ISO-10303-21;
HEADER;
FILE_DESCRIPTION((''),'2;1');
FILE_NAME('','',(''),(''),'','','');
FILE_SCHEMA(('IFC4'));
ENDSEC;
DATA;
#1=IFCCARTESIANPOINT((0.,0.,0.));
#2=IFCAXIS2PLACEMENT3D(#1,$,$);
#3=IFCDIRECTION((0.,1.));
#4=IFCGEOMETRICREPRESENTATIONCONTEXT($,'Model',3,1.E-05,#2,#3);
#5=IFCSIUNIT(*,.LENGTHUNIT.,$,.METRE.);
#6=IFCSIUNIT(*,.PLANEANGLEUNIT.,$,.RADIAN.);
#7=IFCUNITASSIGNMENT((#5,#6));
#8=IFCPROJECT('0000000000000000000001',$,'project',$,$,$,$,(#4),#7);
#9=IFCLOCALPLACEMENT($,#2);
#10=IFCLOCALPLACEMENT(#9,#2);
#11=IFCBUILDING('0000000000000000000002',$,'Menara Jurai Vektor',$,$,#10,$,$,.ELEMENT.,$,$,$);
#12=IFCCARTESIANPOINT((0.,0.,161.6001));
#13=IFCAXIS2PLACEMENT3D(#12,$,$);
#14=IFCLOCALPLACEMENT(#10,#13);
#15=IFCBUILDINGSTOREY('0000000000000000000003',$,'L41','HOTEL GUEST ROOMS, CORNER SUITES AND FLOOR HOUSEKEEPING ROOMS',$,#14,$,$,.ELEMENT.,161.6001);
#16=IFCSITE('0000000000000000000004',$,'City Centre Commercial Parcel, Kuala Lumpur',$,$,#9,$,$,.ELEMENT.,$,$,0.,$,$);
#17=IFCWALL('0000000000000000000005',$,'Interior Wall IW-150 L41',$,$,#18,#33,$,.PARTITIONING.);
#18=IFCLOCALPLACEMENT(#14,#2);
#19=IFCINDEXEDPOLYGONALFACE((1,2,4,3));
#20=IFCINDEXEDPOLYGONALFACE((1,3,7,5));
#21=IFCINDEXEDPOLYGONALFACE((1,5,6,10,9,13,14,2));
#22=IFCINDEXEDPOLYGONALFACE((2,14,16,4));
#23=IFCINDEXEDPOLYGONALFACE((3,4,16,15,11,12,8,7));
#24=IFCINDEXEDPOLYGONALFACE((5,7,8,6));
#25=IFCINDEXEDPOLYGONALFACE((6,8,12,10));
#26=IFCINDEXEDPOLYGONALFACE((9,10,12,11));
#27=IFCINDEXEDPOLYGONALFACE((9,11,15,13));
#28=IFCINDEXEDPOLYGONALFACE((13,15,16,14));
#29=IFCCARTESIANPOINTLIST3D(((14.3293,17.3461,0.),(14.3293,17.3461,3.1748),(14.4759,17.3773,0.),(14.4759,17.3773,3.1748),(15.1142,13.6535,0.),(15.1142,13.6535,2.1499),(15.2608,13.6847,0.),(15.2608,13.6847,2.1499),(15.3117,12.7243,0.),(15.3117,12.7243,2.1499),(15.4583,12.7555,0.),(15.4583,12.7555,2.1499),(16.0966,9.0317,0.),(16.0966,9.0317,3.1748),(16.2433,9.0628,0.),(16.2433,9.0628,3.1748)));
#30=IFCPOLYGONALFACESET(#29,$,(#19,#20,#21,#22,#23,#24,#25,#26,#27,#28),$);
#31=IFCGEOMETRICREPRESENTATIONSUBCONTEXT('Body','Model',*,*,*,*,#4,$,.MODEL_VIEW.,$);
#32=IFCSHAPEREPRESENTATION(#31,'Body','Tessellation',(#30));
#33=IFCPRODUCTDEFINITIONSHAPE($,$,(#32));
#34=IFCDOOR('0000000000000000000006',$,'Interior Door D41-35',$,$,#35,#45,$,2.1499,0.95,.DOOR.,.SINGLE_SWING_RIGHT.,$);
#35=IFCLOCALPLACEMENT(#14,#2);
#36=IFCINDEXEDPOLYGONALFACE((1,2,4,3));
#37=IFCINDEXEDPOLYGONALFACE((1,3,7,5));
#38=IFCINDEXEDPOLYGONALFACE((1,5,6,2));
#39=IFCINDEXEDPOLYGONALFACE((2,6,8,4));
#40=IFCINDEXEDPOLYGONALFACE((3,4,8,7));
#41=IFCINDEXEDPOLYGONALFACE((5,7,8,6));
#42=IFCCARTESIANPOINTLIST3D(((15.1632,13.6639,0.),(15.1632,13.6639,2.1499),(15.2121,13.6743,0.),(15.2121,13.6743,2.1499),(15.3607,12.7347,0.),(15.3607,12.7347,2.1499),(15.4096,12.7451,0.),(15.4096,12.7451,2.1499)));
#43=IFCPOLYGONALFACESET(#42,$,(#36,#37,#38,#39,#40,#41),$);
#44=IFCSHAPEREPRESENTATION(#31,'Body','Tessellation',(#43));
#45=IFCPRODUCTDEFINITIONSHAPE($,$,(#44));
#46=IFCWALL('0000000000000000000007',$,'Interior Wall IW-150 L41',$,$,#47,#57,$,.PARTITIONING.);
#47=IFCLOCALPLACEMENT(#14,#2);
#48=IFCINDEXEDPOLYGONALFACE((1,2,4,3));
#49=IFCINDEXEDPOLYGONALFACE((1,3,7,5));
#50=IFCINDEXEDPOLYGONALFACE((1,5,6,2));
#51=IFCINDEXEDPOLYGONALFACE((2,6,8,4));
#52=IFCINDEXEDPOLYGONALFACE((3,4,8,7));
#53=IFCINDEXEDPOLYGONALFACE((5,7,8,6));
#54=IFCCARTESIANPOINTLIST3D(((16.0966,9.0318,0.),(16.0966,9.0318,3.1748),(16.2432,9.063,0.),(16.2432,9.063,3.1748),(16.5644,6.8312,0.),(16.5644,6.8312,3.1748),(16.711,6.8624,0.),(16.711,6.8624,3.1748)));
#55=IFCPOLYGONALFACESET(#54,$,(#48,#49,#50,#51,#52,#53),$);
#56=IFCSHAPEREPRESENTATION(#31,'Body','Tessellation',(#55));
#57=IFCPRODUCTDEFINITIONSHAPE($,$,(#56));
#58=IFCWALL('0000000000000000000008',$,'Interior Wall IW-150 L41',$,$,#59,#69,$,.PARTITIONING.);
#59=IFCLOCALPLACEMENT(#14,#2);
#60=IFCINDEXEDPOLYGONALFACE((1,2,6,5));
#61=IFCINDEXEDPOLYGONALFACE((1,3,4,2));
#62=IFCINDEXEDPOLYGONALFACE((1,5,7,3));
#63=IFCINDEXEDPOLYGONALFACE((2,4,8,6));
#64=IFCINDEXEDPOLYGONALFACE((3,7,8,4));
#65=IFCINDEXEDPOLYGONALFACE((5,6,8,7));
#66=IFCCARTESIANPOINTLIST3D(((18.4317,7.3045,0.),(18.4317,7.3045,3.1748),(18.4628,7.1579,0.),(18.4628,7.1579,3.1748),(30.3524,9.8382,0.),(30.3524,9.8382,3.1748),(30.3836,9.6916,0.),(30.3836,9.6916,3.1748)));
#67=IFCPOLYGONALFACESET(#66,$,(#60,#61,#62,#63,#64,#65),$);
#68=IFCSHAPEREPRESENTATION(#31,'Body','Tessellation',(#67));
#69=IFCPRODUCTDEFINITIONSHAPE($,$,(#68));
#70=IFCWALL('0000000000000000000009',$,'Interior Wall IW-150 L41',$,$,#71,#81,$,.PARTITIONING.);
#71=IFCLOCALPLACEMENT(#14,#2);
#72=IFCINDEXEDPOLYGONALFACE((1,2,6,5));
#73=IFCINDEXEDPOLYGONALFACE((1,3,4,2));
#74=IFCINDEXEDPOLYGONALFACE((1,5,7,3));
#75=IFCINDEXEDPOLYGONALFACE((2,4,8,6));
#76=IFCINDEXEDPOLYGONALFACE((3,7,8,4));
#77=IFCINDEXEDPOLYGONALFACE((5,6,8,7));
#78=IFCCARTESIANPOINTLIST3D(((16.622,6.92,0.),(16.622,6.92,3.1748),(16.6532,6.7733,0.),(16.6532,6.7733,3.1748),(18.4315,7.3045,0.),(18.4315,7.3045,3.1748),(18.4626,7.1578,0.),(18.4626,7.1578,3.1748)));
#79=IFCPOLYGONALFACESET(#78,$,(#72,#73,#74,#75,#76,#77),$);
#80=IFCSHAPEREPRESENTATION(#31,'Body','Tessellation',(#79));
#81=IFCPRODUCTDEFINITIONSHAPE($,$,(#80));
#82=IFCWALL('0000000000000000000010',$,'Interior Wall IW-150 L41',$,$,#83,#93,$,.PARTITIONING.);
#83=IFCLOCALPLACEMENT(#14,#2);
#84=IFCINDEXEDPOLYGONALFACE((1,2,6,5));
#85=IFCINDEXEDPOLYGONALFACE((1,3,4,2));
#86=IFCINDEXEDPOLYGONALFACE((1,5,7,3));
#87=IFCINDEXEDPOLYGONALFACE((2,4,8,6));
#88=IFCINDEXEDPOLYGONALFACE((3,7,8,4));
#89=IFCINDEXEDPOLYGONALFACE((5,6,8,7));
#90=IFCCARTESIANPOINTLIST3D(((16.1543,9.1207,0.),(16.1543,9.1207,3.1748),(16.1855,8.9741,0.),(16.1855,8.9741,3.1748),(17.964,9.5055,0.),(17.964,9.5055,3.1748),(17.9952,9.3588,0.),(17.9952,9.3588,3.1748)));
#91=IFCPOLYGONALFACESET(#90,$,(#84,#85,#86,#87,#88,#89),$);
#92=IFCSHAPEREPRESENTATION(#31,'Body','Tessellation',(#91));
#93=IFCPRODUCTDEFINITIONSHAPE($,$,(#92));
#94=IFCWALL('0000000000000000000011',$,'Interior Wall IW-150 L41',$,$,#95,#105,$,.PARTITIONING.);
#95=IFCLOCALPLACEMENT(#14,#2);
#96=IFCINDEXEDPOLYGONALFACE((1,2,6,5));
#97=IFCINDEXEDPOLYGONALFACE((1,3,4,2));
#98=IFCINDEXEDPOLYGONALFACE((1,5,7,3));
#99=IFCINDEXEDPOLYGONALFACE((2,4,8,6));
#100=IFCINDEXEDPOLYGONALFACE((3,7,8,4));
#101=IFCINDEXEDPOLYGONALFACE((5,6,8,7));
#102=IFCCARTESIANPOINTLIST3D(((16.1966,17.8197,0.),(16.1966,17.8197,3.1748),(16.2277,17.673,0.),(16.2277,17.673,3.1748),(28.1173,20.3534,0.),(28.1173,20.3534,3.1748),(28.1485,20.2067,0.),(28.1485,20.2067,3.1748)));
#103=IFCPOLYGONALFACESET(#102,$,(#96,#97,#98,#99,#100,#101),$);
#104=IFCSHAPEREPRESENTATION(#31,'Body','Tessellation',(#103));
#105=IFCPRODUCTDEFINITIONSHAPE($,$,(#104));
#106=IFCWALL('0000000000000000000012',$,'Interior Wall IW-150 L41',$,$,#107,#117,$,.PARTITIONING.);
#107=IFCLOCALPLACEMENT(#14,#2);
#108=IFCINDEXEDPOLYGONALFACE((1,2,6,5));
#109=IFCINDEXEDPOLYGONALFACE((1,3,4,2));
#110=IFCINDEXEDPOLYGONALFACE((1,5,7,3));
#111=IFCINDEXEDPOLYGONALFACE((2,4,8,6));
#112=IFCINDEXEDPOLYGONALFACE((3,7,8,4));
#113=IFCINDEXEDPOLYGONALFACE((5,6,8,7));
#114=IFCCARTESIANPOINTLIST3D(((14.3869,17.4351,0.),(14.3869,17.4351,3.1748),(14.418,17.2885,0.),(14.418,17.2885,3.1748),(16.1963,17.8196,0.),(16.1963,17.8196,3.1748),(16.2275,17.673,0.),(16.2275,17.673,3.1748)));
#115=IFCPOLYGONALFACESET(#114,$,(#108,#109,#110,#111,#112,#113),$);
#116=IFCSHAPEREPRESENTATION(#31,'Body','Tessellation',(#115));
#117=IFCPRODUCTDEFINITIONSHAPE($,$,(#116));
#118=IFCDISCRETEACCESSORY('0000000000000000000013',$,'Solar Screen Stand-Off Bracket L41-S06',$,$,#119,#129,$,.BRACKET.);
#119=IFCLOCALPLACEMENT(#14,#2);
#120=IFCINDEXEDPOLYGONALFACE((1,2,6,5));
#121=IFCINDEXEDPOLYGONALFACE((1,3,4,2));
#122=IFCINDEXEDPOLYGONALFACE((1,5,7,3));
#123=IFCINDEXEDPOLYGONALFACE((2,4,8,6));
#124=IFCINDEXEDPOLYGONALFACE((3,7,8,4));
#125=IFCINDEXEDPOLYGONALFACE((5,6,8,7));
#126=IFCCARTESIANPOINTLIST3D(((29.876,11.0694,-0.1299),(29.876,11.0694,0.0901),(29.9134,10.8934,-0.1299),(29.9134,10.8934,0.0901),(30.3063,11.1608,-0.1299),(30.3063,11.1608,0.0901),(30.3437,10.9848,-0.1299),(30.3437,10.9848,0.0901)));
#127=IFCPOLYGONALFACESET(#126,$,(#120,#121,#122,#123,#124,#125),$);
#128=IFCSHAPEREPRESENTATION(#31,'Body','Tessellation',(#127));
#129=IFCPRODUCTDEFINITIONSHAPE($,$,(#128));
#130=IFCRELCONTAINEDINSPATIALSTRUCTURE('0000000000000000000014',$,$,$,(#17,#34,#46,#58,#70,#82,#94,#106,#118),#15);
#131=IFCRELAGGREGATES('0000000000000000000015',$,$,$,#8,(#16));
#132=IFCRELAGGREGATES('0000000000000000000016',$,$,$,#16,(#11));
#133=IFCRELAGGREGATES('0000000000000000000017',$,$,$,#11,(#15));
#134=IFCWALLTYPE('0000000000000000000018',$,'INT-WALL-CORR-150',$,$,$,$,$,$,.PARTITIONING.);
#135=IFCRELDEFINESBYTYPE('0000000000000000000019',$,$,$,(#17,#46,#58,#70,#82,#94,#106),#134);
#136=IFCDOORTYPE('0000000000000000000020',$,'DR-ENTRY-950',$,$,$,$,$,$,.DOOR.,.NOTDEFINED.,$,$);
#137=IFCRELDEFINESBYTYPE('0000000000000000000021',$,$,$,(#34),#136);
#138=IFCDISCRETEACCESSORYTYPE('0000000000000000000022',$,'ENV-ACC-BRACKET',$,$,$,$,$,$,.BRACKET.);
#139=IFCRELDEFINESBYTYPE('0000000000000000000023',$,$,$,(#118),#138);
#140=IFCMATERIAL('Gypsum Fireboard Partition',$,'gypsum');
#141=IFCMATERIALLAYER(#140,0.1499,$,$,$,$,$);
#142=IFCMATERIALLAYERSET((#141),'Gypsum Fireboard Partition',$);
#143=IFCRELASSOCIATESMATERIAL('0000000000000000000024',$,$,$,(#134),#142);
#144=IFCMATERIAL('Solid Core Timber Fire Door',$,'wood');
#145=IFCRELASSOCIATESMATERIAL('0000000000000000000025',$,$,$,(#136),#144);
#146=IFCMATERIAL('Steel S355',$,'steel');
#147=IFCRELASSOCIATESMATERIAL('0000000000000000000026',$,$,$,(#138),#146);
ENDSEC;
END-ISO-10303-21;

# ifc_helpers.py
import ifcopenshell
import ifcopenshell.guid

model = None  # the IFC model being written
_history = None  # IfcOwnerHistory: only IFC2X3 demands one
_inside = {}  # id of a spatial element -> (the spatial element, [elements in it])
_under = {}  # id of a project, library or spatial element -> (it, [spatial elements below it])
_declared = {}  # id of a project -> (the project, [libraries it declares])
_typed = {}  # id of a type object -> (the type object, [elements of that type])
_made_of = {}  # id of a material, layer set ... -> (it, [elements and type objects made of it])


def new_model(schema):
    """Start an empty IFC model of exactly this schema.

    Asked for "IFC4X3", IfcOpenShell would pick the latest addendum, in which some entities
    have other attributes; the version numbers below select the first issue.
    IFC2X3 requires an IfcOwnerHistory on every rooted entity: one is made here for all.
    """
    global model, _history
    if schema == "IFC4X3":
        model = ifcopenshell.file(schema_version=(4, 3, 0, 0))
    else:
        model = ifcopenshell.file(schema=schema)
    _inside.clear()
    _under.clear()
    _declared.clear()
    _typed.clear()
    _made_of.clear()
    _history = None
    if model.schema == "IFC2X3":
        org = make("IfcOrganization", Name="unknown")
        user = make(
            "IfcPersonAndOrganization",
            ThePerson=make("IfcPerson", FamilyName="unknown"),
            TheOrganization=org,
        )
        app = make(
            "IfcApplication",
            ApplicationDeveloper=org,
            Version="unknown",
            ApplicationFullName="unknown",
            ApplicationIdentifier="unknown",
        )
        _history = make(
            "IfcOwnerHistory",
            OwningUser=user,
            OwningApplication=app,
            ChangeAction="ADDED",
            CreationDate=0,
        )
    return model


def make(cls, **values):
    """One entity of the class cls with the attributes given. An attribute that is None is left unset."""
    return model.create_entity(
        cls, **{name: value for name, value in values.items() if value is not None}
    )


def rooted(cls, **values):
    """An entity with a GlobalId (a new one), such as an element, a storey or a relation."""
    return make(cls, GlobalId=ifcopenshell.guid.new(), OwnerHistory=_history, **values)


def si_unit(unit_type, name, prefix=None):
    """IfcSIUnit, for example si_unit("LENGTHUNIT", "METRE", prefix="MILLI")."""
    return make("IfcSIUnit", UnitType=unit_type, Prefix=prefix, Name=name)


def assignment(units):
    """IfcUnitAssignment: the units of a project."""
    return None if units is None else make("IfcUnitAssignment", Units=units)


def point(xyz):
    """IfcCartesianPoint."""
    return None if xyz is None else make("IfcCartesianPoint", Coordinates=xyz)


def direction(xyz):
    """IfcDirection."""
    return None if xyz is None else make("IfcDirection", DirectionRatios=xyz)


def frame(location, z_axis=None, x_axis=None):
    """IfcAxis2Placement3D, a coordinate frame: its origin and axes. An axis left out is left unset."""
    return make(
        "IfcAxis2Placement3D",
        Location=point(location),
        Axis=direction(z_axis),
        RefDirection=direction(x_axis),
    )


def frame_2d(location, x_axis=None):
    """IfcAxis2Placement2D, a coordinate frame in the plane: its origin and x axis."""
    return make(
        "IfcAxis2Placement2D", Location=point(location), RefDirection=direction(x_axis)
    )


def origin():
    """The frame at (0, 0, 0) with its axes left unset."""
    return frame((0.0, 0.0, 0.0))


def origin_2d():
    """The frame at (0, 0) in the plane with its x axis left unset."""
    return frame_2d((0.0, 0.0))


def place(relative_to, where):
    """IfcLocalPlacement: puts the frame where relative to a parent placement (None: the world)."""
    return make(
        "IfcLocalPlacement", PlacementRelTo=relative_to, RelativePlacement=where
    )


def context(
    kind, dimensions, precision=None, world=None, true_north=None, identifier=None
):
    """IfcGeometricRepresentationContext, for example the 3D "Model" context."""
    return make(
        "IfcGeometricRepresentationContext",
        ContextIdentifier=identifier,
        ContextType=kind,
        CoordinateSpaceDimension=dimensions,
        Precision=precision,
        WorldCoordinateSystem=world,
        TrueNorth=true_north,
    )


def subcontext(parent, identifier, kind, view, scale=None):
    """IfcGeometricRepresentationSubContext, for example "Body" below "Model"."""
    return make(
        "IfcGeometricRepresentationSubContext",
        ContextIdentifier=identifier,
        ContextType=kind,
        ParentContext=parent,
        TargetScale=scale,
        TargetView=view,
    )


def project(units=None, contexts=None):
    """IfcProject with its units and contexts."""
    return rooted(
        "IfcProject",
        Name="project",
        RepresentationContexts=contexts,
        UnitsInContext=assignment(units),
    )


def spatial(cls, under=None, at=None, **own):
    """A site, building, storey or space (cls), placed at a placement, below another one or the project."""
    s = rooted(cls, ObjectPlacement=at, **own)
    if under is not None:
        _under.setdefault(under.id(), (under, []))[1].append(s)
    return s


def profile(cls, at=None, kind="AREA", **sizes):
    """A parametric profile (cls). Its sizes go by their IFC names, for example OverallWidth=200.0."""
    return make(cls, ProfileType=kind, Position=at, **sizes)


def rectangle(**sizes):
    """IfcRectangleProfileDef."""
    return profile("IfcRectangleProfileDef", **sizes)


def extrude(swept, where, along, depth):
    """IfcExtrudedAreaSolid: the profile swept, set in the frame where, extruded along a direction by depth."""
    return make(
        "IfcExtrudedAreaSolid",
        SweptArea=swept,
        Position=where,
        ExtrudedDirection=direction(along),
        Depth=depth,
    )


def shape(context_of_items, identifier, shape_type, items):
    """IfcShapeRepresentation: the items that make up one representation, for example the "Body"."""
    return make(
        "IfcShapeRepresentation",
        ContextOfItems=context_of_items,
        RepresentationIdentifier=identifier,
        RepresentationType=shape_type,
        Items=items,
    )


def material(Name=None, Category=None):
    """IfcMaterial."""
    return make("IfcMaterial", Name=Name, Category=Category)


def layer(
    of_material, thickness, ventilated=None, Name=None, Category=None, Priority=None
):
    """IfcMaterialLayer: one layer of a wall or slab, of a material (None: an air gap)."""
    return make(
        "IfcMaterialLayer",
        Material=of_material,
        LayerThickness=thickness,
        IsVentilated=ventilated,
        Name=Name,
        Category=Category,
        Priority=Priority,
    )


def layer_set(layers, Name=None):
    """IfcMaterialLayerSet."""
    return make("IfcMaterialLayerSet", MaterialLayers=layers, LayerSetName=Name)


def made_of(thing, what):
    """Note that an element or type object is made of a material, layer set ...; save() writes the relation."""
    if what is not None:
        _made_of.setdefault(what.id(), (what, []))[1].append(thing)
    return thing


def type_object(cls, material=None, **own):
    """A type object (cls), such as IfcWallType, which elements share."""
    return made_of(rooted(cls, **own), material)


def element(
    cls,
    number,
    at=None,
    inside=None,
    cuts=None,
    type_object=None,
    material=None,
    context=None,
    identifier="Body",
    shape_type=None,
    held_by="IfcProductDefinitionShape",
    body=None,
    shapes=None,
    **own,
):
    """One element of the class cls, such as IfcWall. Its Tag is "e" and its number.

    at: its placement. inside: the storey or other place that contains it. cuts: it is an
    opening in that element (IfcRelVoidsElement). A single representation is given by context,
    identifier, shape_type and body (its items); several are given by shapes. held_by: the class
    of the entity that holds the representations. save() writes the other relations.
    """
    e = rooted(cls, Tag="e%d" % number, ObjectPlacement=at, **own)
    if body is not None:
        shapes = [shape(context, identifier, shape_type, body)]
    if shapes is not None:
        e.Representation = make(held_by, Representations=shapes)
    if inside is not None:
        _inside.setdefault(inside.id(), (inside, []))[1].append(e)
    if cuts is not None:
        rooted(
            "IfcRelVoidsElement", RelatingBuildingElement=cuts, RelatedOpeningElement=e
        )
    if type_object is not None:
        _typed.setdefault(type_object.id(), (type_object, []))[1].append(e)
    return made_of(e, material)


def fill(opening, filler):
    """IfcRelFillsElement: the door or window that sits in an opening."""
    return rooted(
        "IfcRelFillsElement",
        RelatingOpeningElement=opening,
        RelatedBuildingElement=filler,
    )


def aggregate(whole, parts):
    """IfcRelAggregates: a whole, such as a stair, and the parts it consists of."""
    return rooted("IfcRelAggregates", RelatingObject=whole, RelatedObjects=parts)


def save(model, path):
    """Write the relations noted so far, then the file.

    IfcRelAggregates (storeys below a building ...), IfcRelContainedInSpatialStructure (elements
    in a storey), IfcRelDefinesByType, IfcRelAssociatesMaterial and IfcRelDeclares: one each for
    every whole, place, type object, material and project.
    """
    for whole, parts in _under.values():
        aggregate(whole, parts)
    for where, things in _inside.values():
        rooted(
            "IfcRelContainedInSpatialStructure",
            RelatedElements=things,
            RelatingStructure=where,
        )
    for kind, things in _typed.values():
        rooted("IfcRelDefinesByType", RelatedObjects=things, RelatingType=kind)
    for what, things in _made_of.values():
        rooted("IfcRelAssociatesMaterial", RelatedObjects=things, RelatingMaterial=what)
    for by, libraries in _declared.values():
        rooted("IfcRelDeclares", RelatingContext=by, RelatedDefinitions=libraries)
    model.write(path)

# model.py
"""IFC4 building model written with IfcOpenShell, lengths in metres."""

from ifc_helpers import new_model, si_unit, direction, frame, frame_2d, origin, origin_2d, place, context, subcontext, project, spatial, rectangle, extrude, material, layer, layer_set, type_object, element, fill, save


model = new_model("IFC4")

# Units and contexts
model_context = context("Model", 3, precision=1e-05, world=origin(), true_north=direction((0.0, 1.0)))
body_context = subcontext(model_context, "Body", "Model", "MODEL_VIEW")
ifc_project = project(units=[si_unit("LENGTHUNIT", "METRE"), si_unit("PLANEANGLEUNIT", "RADIAN")], contexts=[model_context])

# Site, building, storey
site_placement = place(None, origin())
site = spatial("IfcSite", under=ifc_project, at=site_placement, Name="City Centre Commercial Parcel, Kuala Lumpur", CompositionType="ELEMENT", RefElevation=0.0)
building_placement = place(site_placement, origin())
building = spatial("IfcBuilding", under=site, at=building_placement, Name="Menara Jurai Vektor", CompositionType="ELEMENT")
storey_placement = place(building_placement, frame((0.0, 0.0, 161.6001)))
storey = spatial("IfcBuildingStorey", under=building, at=storey_placement, Name="L41", Description="HOTEL GUEST ROOMS, CORNER SUITES AND FLOOR HOUSEKEEPING ROOMS", CompositionType="ELEMENT", Elevation=161.6001)

# Shared definitions
ifc_material_1 = material(Name="Steel S355", Category="steel")

# Wall, opening, door
ifc_material_2 = material(Name="Gypsum Fireboard Partition", Category="gypsum")
ifc_layer_1 = layer(ifc_material_2, 0.1499)
ifc_layer_set_1 = layer_set([ifc_layer_1], Name="Gypsum Fireboard Partition")
wall_type = type_object("IfcWallType", Name="INT-WALL-CORR-150", PredefinedType="PARTITIONING", material=ifc_layer_set_1)
wall_1_placement = place(storey_placement, frame((16.1699, 9.0474, 0.0), z_axis=(0.0, 0.0, 1.0), x_axis=(-0.207916, 0.978147, 0.0)))
wall_1 = element("IfcWall", 1, at=wall_1_placement, inside=storey, type_object=wall_type, Name="Interior Wall IW-150 L41", PredefinedType="PARTITIONING", context=body_context, shape_type="SweptSolid", body=[
    extrude(rectangle(XDim=8.5002, YDim=0.1499, at=frame_2d((4.25, 0.0))), origin(), (0.0, 0.0, 1.0), 3.1748),
])
opening_1_placement = place(wall_1_placement, frame((3.7749, 0.0, 0.0)))
opening_1 = element("IfcOpeningElement", 2, at=opening_1_placement, cuts=wall_1, PredefinedType="OPENING", context=body_context, shape_type="SweptSolid", body=[
    extrude(rectangle(XDim=0.95, YDim=2.1499, at=frame_2d((0.4751, 1.075))), frame((0.0, 0.085, 0.0), z_axis=(0.0, -1.0, 0.0), x_axis=(1.0, 0.0, 0.0)), (0.0, 0.0, 1.0), 0.1699),
])
ifc_material_3 = material(Name="Solid Core Timber Fire Door", Category="wood")
door_type_1 = type_object("IfcDoorType", Name="DR-ENTRY-950", OperationType="NOTDEFINED", PredefinedType="DOOR", material=ifc_material_3)
door_1_placement = place(opening_1_placement, origin())
door_1 = element("IfcDoor", 3, at=door_1_placement, inside=storey, type_object=door_type_1, Name="Interior Door D41-35", OperationType="SINGLE_SWING_RIGHT", OverallHeight=2.1499, OverallWidth=0.95, PredefinedType="DOOR", context=body_context, shape_type="SweptSolid", body=[
    extrude(rectangle(XDim=0.95, YDim=2.1499, at=frame_2d((0.4751, 1.075))), frame((0.0, 0.0249, 0.0), z_axis=(0.0, -1.0, 0.0), x_axis=(1.0, 0.0, 0.0)), (0.0, 0.0, 1.0), 0.05),
])
fill(opening_1, door_1)

# Walls
wall_2_placement = place(storey_placement, frame((16.6377, 6.8467, 0.0), z_axis=(0.0, 0.0, 1.0), x_axis=(-0.207913, 0.978147, 0.0)))
element("IfcWall", 4, at=wall_2_placement, inside=storey, type_object=wall_type, Name="Interior Wall IW-150 L41", PredefinedType="PARTITIONING", context=body_context, shape_type="SweptSolid", body=[
    extrude(rectangle(XDim=2.2498, YDim=0.1499, at=frame_2d((1.125, 0.0))), origin(), (0.0, 0.0, 1.0), 3.1748),
])
wall_3_placement = place(storey_placement, frame((18.4473, 7.2312, 0.0), z_axis=(0.0, 0.0, 1.0), x_axis=(0.97815, 0.207902, 0.0)))
element("IfcWall", 5, at=wall_3_placement, inside=storey, type_object=wall_type, Name="Interior Wall IW-150 L41", PredefinedType="PARTITIONING", context=body_context, shape_type="SweptSolid", body=[
    extrude(rectangle(XDim=12.187, YDim=0.1499, at=frame_2d((6.0935, 0.0))), origin(), (0.0, 0.0, 1.0), 3.1748),
])
wall_4_placement = place(storey_placement, frame((16.6377, 6.8467, 0.0), z_axis=(0.0, 0.0, 1.0), x_axis=(0.97816, 0.207852, 0.0)))
element("IfcWall", 6, at=wall_4_placement, inside=storey, type_object=wall_type, Name="Interior Wall IW-150 L41", PredefinedType="PARTITIONING", context=body_context, shape_type="SweptSolid", body=[
    extrude(rectangle(XDim=1.8499, YDim=0.1499, at=frame_2d((0.9248, 0.0))), origin(), (0.0, 0.0, 1.0), 3.1748),
])
wall_5_placement = place(storey_placement, frame((16.1699, 9.0474, 0.0), z_axis=(0.0, 0.0, 1.0), x_axis=(0.978133, 0.207979, 0.0)))
element("IfcWall", 7, at=wall_5_placement, inside=storey, type_object=wall_type, Name="Interior Wall IW-150 L41", PredefinedType="PARTITIONING", context=body_context, shape_type="SweptSolid", body=[
    extrude(rectangle(XDim=1.8501, YDim=0.1499, at=frame_2d((0.925, 0.0))), origin(), (0.0, 0.0, 1.0), 3.1748),
])

# Walls
wall_6_placement = place(storey_placement, frame((16.2122, 17.7463, 0.0), z_axis=(0.0, 0.0, 1.0), x_axis=(0.97815, 0.207902, 0.0)))
element("IfcWall", 8, at=wall_6_placement, inside=storey, type_object=wall_type, Name="Interior Wall IW-150 L41", PredefinedType="PARTITIONING", context=body_context, shape_type="SweptSolid", body=[
    extrude(rectangle(XDim=12.187, YDim=0.1499, at=frame_2d((6.0935, 0.0))), origin(), (0.0, 0.0, 1.0), 3.1748),
])
wall_7_placement = place(storey_placement, frame((14.4026, 17.3618, 0.0), z_axis=(0.0, 0.0, 1.0), x_axis=(0.97816, 0.207852, 0.0)))
element("IfcWall", 9, at=wall_7_placement, inside=storey, type_object=wall_type, Name="Interior Wall IW-150 L41", PredefinedType="PARTITIONING", context=body_context, shape_type="SweptSolid", body=[
    extrude(rectangle(XDim=1.8499, YDim=0.1499, at=frame_2d((0.9248, 0.0))), origin(), (0.0, 0.0, 1.0), 3.1748),
])

# Discrete accessory
discrete_accessory_type = type_object("IfcDiscreteAccessoryType", Name="ENV-ACC-BRACKET", PredefinedType="BRACKET", material=ifc_material_1)
discrete_accessory_placement = place(storey_placement, frame((30.1099, 11.0271, -0.1299), z_axis=(0.0, 0.0, 1.0), x_axis=(-0.207912, 0.978148, 0.0)))
element("IfcDiscreteAccessory", 10, at=discrete_accessory_placement, inside=storey, type_object=discrete_accessory_type, Name="Solar Screen Stand-Off Bracket L41-S06", PredefinedType="BRACKET", context=body_context, shape_type="SweptSolid", body=[
    extrude(rectangle(XDim=0.1799, YDim=0.4399, at=origin_2d()), origin(), (0.0, 0.0, 1.0), 0.22),
])

save(model, "model.ifc")
